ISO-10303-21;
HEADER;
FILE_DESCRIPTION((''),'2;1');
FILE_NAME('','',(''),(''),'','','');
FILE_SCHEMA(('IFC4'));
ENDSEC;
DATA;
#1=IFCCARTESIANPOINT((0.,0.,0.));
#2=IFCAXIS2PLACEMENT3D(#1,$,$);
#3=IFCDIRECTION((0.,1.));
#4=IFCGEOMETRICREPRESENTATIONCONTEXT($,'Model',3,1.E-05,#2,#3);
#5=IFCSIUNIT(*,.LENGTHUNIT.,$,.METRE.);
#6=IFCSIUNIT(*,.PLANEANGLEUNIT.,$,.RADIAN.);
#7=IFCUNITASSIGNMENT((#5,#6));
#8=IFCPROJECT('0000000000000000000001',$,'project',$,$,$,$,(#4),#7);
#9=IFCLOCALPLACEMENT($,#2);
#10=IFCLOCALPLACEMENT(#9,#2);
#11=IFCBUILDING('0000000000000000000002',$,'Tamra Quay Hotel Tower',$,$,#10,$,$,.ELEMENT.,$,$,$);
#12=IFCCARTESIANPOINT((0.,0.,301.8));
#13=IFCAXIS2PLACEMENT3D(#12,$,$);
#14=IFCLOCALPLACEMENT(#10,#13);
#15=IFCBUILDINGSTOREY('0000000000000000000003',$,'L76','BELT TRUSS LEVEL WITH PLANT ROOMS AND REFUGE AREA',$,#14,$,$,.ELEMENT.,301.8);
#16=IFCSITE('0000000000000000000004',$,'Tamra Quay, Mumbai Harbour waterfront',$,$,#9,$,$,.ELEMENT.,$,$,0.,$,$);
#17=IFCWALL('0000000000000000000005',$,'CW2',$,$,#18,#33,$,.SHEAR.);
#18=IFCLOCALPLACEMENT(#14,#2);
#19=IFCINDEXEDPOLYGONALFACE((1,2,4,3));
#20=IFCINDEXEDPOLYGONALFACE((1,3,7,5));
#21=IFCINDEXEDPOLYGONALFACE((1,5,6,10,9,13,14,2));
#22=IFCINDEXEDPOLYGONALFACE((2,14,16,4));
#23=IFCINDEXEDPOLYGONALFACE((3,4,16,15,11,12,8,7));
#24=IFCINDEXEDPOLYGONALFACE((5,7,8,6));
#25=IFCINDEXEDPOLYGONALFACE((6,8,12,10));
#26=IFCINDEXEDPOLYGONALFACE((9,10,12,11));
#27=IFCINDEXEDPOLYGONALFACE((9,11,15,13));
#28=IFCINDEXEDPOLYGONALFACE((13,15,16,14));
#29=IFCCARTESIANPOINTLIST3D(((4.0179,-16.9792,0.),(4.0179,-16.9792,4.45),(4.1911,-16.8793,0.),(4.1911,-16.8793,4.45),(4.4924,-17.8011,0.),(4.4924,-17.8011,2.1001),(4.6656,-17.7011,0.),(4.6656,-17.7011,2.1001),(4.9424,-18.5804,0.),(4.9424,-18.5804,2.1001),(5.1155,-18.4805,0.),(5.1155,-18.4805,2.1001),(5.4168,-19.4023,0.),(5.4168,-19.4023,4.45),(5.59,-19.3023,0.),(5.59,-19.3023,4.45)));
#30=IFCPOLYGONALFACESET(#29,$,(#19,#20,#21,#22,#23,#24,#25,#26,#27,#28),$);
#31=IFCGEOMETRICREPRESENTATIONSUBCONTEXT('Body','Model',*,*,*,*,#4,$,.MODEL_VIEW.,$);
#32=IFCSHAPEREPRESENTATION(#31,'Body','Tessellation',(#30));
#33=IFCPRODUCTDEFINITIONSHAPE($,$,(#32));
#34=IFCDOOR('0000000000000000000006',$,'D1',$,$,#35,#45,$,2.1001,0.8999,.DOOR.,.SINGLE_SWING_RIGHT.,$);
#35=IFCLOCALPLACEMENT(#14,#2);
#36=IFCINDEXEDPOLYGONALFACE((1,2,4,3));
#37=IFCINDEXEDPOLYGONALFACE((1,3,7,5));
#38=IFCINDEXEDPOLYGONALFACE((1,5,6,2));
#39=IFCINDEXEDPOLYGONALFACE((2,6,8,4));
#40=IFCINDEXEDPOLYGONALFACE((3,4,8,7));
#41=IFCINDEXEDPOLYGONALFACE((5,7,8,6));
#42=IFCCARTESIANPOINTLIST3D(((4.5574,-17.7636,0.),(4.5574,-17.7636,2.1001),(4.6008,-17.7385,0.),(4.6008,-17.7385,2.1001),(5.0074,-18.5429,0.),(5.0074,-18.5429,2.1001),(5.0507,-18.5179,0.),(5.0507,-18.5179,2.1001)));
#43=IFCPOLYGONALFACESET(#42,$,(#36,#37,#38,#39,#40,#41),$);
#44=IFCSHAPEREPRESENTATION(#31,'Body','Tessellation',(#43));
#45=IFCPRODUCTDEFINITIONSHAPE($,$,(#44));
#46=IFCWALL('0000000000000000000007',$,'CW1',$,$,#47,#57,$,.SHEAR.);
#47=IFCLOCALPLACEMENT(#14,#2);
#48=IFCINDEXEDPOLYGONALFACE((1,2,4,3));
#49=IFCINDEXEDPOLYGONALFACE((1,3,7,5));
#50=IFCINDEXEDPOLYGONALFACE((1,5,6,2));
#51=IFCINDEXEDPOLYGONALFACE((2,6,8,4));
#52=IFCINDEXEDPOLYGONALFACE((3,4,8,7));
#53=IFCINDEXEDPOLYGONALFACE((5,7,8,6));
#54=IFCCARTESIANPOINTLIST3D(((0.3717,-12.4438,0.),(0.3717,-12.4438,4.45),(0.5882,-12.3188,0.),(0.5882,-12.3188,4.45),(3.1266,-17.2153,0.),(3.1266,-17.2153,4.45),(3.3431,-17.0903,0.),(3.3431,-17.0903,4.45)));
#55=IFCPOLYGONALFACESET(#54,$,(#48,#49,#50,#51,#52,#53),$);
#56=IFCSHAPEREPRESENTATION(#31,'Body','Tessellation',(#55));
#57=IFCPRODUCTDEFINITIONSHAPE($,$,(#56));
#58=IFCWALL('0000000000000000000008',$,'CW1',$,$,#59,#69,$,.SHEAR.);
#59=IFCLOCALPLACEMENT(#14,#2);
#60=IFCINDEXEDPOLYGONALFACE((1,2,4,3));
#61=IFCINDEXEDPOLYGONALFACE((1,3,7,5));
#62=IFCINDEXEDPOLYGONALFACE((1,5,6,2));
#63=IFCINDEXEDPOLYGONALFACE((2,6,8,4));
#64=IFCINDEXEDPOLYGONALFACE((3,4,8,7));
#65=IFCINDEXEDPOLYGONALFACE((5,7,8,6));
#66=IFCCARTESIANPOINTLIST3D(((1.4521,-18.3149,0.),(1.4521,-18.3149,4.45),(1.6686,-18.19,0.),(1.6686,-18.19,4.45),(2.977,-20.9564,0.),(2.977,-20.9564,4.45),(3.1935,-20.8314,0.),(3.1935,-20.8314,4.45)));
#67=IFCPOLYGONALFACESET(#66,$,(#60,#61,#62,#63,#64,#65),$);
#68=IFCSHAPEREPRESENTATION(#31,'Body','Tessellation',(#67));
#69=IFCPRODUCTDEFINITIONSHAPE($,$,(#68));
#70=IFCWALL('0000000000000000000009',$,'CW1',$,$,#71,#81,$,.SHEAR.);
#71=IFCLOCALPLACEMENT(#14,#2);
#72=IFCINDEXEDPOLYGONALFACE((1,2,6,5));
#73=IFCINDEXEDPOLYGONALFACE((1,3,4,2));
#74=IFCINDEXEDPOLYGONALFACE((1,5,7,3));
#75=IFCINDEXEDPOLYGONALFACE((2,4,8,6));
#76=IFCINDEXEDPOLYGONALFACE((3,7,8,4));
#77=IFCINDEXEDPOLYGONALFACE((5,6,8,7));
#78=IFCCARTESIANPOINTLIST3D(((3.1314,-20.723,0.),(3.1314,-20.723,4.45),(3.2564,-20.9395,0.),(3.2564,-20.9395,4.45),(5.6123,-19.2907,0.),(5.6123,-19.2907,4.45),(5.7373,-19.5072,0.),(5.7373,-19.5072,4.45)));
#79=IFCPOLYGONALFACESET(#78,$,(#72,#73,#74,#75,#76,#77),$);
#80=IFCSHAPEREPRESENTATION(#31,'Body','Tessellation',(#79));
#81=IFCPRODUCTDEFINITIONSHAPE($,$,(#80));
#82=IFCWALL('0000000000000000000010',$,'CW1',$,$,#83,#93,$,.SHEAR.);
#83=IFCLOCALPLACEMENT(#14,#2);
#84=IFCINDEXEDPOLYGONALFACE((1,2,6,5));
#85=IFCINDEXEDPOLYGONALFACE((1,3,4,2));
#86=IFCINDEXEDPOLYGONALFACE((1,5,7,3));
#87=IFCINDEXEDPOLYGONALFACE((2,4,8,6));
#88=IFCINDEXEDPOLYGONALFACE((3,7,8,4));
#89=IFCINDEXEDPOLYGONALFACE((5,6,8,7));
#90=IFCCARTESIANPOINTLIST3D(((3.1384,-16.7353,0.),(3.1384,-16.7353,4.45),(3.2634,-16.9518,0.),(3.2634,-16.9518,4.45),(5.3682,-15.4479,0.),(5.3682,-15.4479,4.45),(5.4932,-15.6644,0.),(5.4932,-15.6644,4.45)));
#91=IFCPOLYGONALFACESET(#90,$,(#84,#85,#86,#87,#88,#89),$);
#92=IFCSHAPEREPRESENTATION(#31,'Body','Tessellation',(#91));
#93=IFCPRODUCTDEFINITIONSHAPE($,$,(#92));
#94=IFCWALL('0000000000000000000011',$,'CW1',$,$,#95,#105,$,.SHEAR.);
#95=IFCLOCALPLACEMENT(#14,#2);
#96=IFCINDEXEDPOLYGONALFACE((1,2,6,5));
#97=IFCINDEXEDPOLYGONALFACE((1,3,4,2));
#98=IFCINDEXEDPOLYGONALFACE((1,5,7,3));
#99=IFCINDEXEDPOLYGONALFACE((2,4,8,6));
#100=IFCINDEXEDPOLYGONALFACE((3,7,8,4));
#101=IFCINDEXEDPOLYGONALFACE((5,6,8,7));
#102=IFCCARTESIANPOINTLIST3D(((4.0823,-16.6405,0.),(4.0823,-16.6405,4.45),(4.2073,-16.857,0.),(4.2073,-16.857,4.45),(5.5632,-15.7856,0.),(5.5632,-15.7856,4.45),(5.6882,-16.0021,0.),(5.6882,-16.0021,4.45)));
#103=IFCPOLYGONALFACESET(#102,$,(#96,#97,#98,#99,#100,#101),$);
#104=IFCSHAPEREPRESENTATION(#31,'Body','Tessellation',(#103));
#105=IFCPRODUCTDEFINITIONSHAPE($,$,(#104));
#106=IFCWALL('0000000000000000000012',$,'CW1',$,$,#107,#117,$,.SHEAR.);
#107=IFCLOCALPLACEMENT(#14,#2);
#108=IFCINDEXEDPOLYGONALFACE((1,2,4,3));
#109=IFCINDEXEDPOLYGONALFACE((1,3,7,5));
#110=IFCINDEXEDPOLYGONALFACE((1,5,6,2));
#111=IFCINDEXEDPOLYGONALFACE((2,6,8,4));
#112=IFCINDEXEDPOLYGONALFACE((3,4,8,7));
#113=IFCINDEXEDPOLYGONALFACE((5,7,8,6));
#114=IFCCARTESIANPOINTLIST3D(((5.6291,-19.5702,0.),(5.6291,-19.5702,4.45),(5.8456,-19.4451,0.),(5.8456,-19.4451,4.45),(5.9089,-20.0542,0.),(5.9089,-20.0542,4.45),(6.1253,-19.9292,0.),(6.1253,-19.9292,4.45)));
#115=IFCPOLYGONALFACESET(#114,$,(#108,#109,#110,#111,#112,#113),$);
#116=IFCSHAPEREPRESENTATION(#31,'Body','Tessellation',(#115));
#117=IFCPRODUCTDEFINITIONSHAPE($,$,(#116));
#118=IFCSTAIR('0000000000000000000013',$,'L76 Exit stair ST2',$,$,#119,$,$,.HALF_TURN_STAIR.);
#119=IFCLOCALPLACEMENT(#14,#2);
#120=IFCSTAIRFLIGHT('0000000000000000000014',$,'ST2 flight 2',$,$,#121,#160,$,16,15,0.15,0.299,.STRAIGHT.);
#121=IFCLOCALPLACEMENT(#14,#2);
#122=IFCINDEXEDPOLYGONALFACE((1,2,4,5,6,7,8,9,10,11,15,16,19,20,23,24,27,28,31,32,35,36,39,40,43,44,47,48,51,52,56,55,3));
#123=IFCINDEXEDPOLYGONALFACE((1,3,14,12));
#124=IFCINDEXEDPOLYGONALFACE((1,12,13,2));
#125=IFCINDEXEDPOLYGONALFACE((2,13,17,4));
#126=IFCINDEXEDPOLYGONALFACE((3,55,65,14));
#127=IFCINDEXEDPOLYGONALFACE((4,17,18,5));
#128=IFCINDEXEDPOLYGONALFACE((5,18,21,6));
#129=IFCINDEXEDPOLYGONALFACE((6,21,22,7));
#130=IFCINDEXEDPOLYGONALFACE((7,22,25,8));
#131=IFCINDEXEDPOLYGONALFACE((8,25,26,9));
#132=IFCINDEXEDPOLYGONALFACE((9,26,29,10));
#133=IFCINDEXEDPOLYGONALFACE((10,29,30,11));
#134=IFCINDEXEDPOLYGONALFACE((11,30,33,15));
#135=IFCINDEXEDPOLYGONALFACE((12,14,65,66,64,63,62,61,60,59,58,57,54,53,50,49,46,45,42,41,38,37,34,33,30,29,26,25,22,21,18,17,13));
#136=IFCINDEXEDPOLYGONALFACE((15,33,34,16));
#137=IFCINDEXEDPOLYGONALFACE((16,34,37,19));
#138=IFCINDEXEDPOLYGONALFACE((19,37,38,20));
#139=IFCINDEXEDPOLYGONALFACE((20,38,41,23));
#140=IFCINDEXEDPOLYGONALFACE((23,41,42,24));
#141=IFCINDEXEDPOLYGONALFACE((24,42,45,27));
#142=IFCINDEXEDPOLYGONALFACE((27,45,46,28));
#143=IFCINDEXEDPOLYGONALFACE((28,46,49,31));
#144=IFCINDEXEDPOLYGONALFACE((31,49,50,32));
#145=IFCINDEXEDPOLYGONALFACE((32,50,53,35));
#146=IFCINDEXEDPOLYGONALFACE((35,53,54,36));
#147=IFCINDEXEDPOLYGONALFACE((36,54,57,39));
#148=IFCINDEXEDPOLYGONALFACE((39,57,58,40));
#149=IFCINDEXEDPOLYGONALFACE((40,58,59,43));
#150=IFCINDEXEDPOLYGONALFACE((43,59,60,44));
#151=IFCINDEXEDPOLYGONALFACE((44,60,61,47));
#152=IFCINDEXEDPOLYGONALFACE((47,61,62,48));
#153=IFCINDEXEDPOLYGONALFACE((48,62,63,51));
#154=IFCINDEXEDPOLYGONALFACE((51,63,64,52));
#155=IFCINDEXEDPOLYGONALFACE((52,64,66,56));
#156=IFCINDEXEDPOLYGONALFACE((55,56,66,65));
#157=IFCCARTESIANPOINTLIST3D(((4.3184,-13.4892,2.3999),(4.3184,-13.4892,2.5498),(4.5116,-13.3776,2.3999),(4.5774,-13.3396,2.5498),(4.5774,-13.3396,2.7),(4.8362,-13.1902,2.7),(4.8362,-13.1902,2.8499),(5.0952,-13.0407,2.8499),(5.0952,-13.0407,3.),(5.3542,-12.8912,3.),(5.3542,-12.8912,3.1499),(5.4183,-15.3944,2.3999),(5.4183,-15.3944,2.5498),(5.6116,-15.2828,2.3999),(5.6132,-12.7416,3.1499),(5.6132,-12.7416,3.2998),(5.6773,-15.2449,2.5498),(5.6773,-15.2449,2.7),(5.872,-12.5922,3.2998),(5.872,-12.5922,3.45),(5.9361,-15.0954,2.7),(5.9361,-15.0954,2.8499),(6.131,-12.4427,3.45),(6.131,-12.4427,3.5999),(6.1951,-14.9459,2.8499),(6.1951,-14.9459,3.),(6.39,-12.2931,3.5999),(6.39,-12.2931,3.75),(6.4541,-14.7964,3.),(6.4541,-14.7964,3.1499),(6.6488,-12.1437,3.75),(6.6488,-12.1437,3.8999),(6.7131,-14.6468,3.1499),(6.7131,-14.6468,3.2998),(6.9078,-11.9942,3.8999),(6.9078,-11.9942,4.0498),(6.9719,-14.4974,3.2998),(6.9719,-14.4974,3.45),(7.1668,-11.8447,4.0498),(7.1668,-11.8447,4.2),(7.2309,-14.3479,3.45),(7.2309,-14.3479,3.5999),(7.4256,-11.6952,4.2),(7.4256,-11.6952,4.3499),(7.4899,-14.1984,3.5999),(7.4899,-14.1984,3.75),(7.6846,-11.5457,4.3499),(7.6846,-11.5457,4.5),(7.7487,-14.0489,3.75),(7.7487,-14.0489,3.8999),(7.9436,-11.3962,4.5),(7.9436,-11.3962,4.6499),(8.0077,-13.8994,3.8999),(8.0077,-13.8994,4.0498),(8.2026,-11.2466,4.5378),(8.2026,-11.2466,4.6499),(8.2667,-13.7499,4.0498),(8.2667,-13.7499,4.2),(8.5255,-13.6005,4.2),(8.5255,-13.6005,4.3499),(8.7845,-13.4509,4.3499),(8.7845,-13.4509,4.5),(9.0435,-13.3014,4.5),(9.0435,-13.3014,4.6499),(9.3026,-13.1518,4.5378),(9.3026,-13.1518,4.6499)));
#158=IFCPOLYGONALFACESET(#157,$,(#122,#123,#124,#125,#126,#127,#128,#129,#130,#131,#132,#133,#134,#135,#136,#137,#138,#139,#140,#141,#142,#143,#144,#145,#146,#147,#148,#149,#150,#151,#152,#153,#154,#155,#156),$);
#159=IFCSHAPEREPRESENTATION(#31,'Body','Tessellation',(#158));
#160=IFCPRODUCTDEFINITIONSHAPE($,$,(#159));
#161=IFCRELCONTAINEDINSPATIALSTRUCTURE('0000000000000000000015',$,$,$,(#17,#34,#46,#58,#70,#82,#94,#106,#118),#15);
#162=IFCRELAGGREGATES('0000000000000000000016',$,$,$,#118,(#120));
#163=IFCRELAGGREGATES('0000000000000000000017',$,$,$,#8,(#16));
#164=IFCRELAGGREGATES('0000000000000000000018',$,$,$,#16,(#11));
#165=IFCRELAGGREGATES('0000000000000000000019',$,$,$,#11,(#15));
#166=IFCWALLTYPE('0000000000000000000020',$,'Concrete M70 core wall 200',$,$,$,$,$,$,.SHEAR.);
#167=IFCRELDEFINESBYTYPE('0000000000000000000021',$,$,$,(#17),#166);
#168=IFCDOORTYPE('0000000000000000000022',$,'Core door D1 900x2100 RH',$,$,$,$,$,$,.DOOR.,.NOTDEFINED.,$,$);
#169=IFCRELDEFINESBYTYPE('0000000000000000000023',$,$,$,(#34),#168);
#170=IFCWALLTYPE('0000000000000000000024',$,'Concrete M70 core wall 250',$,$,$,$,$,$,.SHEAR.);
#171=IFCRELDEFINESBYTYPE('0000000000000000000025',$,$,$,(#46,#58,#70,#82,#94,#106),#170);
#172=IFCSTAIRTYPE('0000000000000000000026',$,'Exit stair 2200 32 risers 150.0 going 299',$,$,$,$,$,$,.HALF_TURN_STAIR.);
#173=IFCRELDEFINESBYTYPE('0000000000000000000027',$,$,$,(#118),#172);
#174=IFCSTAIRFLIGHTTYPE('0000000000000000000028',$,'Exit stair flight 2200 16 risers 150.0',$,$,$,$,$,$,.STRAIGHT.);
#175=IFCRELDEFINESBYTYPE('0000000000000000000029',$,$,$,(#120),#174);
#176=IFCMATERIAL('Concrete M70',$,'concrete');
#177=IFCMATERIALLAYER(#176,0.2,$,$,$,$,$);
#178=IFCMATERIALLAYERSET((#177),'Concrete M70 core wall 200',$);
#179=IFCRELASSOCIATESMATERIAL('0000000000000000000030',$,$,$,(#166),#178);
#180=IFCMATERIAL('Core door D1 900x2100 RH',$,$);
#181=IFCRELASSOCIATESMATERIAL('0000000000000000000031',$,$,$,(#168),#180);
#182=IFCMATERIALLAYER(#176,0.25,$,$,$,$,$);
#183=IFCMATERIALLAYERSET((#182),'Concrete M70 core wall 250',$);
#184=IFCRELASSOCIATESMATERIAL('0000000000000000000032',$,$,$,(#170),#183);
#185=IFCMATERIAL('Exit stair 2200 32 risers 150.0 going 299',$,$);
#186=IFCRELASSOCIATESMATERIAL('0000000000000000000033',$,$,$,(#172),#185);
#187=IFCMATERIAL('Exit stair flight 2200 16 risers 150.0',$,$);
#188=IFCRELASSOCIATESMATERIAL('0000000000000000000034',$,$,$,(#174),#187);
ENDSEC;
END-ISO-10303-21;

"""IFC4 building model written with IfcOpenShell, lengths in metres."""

from ifc_helpers import new_model, si_unit, direction, frame, frame_2d, origin, place, context, subcontext, project, spatial, polyline, rectangle, outline, extrude, material, layer, layer_set, type_object, element, fill, aggregate, save


model = new_model("IFC4")

# Units and contexts
model_context = context("Model", 3, precision=1e-05, world=origin(), true_north=direction((0.0, 1.0)))
body_context = subcontext(model_context, "Body", "Model", "MODEL_VIEW")
ifc_project = project(units=[si_unit("LENGTHUNIT", "METRE"), si_unit("PLANEANGLEUNIT", "RADIAN")], contexts=[model_context])

# Site, building, storey
site_placement = place(None, origin())
site = spatial("IfcSite", under=ifc_project, at=site_placement, Name="Tamra Quay, Mumbai Harbour waterfront", CompositionType="ELEMENT", RefElevation=0.0)
building_placement = place(site_placement, origin())
building = spatial("IfcBuilding", under=site, at=building_placement, Name="Tamra Quay Hotel Tower", CompositionType="ELEMENT")
storey_placement = place(building_placement, frame((0.0, 0.0, 301.8)))
storey = spatial("IfcBuildingStorey", under=building, at=storey_placement, Name="L76", Description="BELT TRUSS LEVEL WITH PLANT ROOMS AND REFUGE AREA", CompositionType="ELEMENT", Elevation=301.8)

# Shared definitions
ifc_material_1 = material(Name="Concrete M70", Category="concrete")
ifc_layer_1 = layer(ifc_material_1, 0.2)
ifc_layer_set_1 = layer_set([ifc_layer_1], Name="Concrete M70 core wall 200")
wall_type_1 = type_object("IfcWallType", Name="Concrete M70 core wall 200", PredefinedType="SHEAR", material=ifc_layer_set_1)

# Wall, opening, door
wall_1_placement = place(storey_placement, frame((5.5034, -19.3523, 0.0), z_axis=(0.0, 0.0, 1.0), x_axis=(-0.499987, 0.866033, 0.0)))
wall_1 = element("IfcWall", 1, at=wall_1_placement, inside=storey, type_object=wall_type_1, Name="CW2", PredefinedType="SHEAR", context=body_context, shape_type="SweptSolid", body=[
    extrude(rectangle(XDim=2.7979, YDim=0.2, at=frame_2d((1.3989, 0.0))), origin(), (0.0, 0.0, 1.0), 4.45),
])
opening_placement = place(wall_1_placement, frame((0.949, 0.0, 0.0)))
opening = element("IfcOpeningElement", 2, at=opening_placement, cuts=wall_1, PredefinedType="OPENING", context=body_context, shape_type="SweptSolid", body=[
    extrude(rectangle(XDim=0.8999, YDim=2.1001, at=frame_2d((0.45, 1.05))), frame((0.0, 0.1099, 0.0), z_axis=(0.0, -1.0, 0.0), x_axis=(1.0, 0.0, 0.0)), (0.0, 0.0, 1.0), 0.22),
])
ifc_material_2 = material(Name="Core door D1 900x2100 RH")
door_type = type_object("IfcDoorType", Name="Core door D1 900x2100 RH", OperationType="NOTDEFINED", PredefinedType="DOOR", material=ifc_material_2)
door_placement = place(opening_placement, origin())
door = element("IfcDoor", 3, at=door_placement, inside=storey, type_object=door_type, Name="D1", OperationType="SINGLE_SWING_RIGHT", OverallHeight=2.1001, OverallWidth=0.8999, PredefinedType="DOOR", context=body_context, shape_type="SweptSolid", body=[
    extrude(rectangle(XDim=0.8999, YDim=2.1001, at=frame_2d((0.45, 1.05))), frame((0.0, 0.0249, 0.0), z_axis=(0.0, -1.0, 0.0), x_axis=(1.0, 0.0, 0.0)), (0.0, 0.0, 1.0), 0.05),
])
fill(opening, door)

# Walls
ifc_layer_2 = layer(ifc_material_1, 0.25)
ifc_layer_set_2 = layer_set([ifc_layer_2], Name="Concrete M70 core wall 250")
wall_type_2 = type_object("IfcWallType", Name="Concrete M70 core wall 250", PredefinedType="SHEAR", material=ifc_layer_set_2)
wall_2_placement = place(storey_placement, frame((3.2349, -17.1528, 0.0), z_axis=(0.0, 0.0, 1.0), x_axis=(-0.500009, 0.86602, 0.0)))
element("IfcWall", 4, at=wall_2_placement, inside=storey, type_object=wall_type_2, Name="CW1", PredefinedType="SHEAR", context=body_context, shape_type="SweptSolid", body=[
    extrude(rectangle(XDim=5.5098, YDim=0.25, at=frame_2d((2.7549, 0.0))), origin(), (0.0, 0.0, 1.0), 4.45),
])
wall_3_placement = place(storey_placement, frame((3.0852, -20.8938, 0.0), z_axis=(0.0, 0.0, 1.0), x_axis=(-0.499979, 0.866038, 0.0)))
element("IfcWall", 5, at=wall_3_placement, inside=storey, type_object=wall_type_2, Name="CW1", PredefinedType="SHEAR", context=body_context, shape_type="SweptSolid", body=[
    extrude(rectangle(XDim=3.05, YDim=0.25, at=frame_2d((1.5249, 0.0))), origin(), (0.0, 0.0, 1.0), 4.45),
])
wall_4_placement = place(storey_placement, frame((5.6748, -19.3989, 0.0), z_axis=(0.0, 0.0, 1.0), x_axis=(-0.866027, -0.499998, 0.0)))
element("IfcWall", 6, at=wall_4_placement, inside=storey, type_object=wall_type_2, Name="CW1", PredefinedType="SHEAR", context=body_context, shape_type="SweptSolid", body=[
    extrude(rectangle(XDim=2.8647, YDim=0.25, at=frame_2d((1.4324, 0.0))), origin(), (0.0, 0.0, 1.0), 4.45),
])
wall_5_placement = place(storey_placement, frame((5.4307, -15.5562, 0.0), z_axis=(0.0, 0.0, 1.0), x_axis=(-0.866023, -0.500004, 0.0)))
element("IfcWall", 7, at=wall_5_placement, inside=storey, type_object=wall_type_2, Name="CW1", PredefinedType="SHEAR", context=body_context, shape_type="SweptSolid", body=[
    extrude(rectangle(XDim=2.5747, YDim=0.25, at=frame_2d((1.2874, 0.0))), origin(), (0.0, 0.0, 1.0), 4.45),
])
wall_6_placement = place(storey_placement, frame((4.1448, -16.7488, 0.0), z_axis=(0.0, 0.0, 1.0), x_axis=(0.866038, 0.499978, 0.0)))
element("IfcWall", 8, at=wall_6_placement, inside=storey, type_object=wall_type_2, Name="CW1", PredefinedType="SHEAR", context=body_context, shape_type="SweptSolid", body=[
    extrude(rectangle(XDim=1.71, YDim=0.25, at=frame_2d((0.855, 0.0))), origin(), (0.0, 0.0, 1.0), 4.45),
])
wall_7_placement = place(storey_placement, frame((6.0171, -19.9917, 0.0), z_axis=(0.0, 0.0, 1.0), x_axis=(-0.500365, 0.865815, 0.0)))
element("IfcWall", 9, at=wall_7_placement, inside=storey, type_object=wall_type_2, Name="CW1", PredefinedType="SHEAR", context=body_context, shape_type="SweptSolid", body=[
    extrude(rectangle(XDim=0.5591, YDim=0.25, at=frame_2d((0.2795, 0.0))), origin(), (0.0, 0.0, 1.0), 4.45),
])

# Stair, stair flight
ifc_material_3 = material(Name="Exit stair 2200 32 risers 150.0 going 299")
stair_type = type_object("IfcStairType", Name="Exit stair 2200 32 risers 150.0 going 299", PredefinedType="HALF_TURN_STAIR", material=ifc_material_3)
stair_placement = place(storey_placement, origin())
stair = element("IfcStair", 10, at=stair_placement, inside=storey, type_object=stair_type, Name="L76 Exit stair ST2", PredefinedType="HALF_TURN_STAIR")
ifc_material_4 = material(Name="Exit stair flight 2200 16 risers 150.0")
stair_flight_type = type_object("IfcStairFlightType", Name="Exit stair flight 2200 16 risers 150.0", PredefinedType="STRAIGHT", material=ifc_material_4)
stair_flight_placement = place(storey_placement, frame((4.8684, -14.4419, 2.3999), z_axis=(0.0, 0.0, 1.0), x_axis=(0.866025, 0.5, 0.0)))
stair_flight = element("IfcStairFlight", 11, at=stair_flight_placement, type_object=stair_flight_type, Name="ST2 flight 2", NumberOfRisers=16, NumberOfTreads=15, PredefinedType="STRAIGHT", RiserHeight=0.15, TreadLength=0.299, context=body_context, shape_type="SweptSolid", body=[
    extrude(outline(polyline([(0.0, 0.0), (0.0, 0.1499), (0.2991, 0.1499), (0.2991, 0.3), (0.5979, 0.3), (0.5979, 0.45), (0.897, 0.45), (0.897, 0.6001), (1.196, 0.6001), (1.196, 0.75), (1.4951, 0.75), (1.4951, 0.8999), (1.7939, 0.8999), (1.7939, 1.05), (2.093, 1.05), (2.093, 1.2), (2.3921, 1.2), (2.3921, 1.3501), (2.6909, 1.3501), (2.6909, 1.5), (2.99, 1.5), (2.99, 1.6499), (3.2891, 1.6499), (3.2891, 1.8), (3.5879, 1.8), (3.5879, 1.95), (3.887, 1.95), (3.887, 2.1001), (4.186, 2.1001), (4.186, 2.25), (4.4851, 2.25), (4.4851, 2.3999), (4.4851, 2.1379), (0.2231, 0.0), (0.0, 0.0)])), frame((0.0, 1.1001, 0.0), z_axis=(0.0, -1.0, 0.0), x_axis=(1.0, 0.0, 0.0)), (0.0, 0.0, 1.0), 2.2),
])
aggregate(stair, [stair_flight])

save(model, "model.ifc")
